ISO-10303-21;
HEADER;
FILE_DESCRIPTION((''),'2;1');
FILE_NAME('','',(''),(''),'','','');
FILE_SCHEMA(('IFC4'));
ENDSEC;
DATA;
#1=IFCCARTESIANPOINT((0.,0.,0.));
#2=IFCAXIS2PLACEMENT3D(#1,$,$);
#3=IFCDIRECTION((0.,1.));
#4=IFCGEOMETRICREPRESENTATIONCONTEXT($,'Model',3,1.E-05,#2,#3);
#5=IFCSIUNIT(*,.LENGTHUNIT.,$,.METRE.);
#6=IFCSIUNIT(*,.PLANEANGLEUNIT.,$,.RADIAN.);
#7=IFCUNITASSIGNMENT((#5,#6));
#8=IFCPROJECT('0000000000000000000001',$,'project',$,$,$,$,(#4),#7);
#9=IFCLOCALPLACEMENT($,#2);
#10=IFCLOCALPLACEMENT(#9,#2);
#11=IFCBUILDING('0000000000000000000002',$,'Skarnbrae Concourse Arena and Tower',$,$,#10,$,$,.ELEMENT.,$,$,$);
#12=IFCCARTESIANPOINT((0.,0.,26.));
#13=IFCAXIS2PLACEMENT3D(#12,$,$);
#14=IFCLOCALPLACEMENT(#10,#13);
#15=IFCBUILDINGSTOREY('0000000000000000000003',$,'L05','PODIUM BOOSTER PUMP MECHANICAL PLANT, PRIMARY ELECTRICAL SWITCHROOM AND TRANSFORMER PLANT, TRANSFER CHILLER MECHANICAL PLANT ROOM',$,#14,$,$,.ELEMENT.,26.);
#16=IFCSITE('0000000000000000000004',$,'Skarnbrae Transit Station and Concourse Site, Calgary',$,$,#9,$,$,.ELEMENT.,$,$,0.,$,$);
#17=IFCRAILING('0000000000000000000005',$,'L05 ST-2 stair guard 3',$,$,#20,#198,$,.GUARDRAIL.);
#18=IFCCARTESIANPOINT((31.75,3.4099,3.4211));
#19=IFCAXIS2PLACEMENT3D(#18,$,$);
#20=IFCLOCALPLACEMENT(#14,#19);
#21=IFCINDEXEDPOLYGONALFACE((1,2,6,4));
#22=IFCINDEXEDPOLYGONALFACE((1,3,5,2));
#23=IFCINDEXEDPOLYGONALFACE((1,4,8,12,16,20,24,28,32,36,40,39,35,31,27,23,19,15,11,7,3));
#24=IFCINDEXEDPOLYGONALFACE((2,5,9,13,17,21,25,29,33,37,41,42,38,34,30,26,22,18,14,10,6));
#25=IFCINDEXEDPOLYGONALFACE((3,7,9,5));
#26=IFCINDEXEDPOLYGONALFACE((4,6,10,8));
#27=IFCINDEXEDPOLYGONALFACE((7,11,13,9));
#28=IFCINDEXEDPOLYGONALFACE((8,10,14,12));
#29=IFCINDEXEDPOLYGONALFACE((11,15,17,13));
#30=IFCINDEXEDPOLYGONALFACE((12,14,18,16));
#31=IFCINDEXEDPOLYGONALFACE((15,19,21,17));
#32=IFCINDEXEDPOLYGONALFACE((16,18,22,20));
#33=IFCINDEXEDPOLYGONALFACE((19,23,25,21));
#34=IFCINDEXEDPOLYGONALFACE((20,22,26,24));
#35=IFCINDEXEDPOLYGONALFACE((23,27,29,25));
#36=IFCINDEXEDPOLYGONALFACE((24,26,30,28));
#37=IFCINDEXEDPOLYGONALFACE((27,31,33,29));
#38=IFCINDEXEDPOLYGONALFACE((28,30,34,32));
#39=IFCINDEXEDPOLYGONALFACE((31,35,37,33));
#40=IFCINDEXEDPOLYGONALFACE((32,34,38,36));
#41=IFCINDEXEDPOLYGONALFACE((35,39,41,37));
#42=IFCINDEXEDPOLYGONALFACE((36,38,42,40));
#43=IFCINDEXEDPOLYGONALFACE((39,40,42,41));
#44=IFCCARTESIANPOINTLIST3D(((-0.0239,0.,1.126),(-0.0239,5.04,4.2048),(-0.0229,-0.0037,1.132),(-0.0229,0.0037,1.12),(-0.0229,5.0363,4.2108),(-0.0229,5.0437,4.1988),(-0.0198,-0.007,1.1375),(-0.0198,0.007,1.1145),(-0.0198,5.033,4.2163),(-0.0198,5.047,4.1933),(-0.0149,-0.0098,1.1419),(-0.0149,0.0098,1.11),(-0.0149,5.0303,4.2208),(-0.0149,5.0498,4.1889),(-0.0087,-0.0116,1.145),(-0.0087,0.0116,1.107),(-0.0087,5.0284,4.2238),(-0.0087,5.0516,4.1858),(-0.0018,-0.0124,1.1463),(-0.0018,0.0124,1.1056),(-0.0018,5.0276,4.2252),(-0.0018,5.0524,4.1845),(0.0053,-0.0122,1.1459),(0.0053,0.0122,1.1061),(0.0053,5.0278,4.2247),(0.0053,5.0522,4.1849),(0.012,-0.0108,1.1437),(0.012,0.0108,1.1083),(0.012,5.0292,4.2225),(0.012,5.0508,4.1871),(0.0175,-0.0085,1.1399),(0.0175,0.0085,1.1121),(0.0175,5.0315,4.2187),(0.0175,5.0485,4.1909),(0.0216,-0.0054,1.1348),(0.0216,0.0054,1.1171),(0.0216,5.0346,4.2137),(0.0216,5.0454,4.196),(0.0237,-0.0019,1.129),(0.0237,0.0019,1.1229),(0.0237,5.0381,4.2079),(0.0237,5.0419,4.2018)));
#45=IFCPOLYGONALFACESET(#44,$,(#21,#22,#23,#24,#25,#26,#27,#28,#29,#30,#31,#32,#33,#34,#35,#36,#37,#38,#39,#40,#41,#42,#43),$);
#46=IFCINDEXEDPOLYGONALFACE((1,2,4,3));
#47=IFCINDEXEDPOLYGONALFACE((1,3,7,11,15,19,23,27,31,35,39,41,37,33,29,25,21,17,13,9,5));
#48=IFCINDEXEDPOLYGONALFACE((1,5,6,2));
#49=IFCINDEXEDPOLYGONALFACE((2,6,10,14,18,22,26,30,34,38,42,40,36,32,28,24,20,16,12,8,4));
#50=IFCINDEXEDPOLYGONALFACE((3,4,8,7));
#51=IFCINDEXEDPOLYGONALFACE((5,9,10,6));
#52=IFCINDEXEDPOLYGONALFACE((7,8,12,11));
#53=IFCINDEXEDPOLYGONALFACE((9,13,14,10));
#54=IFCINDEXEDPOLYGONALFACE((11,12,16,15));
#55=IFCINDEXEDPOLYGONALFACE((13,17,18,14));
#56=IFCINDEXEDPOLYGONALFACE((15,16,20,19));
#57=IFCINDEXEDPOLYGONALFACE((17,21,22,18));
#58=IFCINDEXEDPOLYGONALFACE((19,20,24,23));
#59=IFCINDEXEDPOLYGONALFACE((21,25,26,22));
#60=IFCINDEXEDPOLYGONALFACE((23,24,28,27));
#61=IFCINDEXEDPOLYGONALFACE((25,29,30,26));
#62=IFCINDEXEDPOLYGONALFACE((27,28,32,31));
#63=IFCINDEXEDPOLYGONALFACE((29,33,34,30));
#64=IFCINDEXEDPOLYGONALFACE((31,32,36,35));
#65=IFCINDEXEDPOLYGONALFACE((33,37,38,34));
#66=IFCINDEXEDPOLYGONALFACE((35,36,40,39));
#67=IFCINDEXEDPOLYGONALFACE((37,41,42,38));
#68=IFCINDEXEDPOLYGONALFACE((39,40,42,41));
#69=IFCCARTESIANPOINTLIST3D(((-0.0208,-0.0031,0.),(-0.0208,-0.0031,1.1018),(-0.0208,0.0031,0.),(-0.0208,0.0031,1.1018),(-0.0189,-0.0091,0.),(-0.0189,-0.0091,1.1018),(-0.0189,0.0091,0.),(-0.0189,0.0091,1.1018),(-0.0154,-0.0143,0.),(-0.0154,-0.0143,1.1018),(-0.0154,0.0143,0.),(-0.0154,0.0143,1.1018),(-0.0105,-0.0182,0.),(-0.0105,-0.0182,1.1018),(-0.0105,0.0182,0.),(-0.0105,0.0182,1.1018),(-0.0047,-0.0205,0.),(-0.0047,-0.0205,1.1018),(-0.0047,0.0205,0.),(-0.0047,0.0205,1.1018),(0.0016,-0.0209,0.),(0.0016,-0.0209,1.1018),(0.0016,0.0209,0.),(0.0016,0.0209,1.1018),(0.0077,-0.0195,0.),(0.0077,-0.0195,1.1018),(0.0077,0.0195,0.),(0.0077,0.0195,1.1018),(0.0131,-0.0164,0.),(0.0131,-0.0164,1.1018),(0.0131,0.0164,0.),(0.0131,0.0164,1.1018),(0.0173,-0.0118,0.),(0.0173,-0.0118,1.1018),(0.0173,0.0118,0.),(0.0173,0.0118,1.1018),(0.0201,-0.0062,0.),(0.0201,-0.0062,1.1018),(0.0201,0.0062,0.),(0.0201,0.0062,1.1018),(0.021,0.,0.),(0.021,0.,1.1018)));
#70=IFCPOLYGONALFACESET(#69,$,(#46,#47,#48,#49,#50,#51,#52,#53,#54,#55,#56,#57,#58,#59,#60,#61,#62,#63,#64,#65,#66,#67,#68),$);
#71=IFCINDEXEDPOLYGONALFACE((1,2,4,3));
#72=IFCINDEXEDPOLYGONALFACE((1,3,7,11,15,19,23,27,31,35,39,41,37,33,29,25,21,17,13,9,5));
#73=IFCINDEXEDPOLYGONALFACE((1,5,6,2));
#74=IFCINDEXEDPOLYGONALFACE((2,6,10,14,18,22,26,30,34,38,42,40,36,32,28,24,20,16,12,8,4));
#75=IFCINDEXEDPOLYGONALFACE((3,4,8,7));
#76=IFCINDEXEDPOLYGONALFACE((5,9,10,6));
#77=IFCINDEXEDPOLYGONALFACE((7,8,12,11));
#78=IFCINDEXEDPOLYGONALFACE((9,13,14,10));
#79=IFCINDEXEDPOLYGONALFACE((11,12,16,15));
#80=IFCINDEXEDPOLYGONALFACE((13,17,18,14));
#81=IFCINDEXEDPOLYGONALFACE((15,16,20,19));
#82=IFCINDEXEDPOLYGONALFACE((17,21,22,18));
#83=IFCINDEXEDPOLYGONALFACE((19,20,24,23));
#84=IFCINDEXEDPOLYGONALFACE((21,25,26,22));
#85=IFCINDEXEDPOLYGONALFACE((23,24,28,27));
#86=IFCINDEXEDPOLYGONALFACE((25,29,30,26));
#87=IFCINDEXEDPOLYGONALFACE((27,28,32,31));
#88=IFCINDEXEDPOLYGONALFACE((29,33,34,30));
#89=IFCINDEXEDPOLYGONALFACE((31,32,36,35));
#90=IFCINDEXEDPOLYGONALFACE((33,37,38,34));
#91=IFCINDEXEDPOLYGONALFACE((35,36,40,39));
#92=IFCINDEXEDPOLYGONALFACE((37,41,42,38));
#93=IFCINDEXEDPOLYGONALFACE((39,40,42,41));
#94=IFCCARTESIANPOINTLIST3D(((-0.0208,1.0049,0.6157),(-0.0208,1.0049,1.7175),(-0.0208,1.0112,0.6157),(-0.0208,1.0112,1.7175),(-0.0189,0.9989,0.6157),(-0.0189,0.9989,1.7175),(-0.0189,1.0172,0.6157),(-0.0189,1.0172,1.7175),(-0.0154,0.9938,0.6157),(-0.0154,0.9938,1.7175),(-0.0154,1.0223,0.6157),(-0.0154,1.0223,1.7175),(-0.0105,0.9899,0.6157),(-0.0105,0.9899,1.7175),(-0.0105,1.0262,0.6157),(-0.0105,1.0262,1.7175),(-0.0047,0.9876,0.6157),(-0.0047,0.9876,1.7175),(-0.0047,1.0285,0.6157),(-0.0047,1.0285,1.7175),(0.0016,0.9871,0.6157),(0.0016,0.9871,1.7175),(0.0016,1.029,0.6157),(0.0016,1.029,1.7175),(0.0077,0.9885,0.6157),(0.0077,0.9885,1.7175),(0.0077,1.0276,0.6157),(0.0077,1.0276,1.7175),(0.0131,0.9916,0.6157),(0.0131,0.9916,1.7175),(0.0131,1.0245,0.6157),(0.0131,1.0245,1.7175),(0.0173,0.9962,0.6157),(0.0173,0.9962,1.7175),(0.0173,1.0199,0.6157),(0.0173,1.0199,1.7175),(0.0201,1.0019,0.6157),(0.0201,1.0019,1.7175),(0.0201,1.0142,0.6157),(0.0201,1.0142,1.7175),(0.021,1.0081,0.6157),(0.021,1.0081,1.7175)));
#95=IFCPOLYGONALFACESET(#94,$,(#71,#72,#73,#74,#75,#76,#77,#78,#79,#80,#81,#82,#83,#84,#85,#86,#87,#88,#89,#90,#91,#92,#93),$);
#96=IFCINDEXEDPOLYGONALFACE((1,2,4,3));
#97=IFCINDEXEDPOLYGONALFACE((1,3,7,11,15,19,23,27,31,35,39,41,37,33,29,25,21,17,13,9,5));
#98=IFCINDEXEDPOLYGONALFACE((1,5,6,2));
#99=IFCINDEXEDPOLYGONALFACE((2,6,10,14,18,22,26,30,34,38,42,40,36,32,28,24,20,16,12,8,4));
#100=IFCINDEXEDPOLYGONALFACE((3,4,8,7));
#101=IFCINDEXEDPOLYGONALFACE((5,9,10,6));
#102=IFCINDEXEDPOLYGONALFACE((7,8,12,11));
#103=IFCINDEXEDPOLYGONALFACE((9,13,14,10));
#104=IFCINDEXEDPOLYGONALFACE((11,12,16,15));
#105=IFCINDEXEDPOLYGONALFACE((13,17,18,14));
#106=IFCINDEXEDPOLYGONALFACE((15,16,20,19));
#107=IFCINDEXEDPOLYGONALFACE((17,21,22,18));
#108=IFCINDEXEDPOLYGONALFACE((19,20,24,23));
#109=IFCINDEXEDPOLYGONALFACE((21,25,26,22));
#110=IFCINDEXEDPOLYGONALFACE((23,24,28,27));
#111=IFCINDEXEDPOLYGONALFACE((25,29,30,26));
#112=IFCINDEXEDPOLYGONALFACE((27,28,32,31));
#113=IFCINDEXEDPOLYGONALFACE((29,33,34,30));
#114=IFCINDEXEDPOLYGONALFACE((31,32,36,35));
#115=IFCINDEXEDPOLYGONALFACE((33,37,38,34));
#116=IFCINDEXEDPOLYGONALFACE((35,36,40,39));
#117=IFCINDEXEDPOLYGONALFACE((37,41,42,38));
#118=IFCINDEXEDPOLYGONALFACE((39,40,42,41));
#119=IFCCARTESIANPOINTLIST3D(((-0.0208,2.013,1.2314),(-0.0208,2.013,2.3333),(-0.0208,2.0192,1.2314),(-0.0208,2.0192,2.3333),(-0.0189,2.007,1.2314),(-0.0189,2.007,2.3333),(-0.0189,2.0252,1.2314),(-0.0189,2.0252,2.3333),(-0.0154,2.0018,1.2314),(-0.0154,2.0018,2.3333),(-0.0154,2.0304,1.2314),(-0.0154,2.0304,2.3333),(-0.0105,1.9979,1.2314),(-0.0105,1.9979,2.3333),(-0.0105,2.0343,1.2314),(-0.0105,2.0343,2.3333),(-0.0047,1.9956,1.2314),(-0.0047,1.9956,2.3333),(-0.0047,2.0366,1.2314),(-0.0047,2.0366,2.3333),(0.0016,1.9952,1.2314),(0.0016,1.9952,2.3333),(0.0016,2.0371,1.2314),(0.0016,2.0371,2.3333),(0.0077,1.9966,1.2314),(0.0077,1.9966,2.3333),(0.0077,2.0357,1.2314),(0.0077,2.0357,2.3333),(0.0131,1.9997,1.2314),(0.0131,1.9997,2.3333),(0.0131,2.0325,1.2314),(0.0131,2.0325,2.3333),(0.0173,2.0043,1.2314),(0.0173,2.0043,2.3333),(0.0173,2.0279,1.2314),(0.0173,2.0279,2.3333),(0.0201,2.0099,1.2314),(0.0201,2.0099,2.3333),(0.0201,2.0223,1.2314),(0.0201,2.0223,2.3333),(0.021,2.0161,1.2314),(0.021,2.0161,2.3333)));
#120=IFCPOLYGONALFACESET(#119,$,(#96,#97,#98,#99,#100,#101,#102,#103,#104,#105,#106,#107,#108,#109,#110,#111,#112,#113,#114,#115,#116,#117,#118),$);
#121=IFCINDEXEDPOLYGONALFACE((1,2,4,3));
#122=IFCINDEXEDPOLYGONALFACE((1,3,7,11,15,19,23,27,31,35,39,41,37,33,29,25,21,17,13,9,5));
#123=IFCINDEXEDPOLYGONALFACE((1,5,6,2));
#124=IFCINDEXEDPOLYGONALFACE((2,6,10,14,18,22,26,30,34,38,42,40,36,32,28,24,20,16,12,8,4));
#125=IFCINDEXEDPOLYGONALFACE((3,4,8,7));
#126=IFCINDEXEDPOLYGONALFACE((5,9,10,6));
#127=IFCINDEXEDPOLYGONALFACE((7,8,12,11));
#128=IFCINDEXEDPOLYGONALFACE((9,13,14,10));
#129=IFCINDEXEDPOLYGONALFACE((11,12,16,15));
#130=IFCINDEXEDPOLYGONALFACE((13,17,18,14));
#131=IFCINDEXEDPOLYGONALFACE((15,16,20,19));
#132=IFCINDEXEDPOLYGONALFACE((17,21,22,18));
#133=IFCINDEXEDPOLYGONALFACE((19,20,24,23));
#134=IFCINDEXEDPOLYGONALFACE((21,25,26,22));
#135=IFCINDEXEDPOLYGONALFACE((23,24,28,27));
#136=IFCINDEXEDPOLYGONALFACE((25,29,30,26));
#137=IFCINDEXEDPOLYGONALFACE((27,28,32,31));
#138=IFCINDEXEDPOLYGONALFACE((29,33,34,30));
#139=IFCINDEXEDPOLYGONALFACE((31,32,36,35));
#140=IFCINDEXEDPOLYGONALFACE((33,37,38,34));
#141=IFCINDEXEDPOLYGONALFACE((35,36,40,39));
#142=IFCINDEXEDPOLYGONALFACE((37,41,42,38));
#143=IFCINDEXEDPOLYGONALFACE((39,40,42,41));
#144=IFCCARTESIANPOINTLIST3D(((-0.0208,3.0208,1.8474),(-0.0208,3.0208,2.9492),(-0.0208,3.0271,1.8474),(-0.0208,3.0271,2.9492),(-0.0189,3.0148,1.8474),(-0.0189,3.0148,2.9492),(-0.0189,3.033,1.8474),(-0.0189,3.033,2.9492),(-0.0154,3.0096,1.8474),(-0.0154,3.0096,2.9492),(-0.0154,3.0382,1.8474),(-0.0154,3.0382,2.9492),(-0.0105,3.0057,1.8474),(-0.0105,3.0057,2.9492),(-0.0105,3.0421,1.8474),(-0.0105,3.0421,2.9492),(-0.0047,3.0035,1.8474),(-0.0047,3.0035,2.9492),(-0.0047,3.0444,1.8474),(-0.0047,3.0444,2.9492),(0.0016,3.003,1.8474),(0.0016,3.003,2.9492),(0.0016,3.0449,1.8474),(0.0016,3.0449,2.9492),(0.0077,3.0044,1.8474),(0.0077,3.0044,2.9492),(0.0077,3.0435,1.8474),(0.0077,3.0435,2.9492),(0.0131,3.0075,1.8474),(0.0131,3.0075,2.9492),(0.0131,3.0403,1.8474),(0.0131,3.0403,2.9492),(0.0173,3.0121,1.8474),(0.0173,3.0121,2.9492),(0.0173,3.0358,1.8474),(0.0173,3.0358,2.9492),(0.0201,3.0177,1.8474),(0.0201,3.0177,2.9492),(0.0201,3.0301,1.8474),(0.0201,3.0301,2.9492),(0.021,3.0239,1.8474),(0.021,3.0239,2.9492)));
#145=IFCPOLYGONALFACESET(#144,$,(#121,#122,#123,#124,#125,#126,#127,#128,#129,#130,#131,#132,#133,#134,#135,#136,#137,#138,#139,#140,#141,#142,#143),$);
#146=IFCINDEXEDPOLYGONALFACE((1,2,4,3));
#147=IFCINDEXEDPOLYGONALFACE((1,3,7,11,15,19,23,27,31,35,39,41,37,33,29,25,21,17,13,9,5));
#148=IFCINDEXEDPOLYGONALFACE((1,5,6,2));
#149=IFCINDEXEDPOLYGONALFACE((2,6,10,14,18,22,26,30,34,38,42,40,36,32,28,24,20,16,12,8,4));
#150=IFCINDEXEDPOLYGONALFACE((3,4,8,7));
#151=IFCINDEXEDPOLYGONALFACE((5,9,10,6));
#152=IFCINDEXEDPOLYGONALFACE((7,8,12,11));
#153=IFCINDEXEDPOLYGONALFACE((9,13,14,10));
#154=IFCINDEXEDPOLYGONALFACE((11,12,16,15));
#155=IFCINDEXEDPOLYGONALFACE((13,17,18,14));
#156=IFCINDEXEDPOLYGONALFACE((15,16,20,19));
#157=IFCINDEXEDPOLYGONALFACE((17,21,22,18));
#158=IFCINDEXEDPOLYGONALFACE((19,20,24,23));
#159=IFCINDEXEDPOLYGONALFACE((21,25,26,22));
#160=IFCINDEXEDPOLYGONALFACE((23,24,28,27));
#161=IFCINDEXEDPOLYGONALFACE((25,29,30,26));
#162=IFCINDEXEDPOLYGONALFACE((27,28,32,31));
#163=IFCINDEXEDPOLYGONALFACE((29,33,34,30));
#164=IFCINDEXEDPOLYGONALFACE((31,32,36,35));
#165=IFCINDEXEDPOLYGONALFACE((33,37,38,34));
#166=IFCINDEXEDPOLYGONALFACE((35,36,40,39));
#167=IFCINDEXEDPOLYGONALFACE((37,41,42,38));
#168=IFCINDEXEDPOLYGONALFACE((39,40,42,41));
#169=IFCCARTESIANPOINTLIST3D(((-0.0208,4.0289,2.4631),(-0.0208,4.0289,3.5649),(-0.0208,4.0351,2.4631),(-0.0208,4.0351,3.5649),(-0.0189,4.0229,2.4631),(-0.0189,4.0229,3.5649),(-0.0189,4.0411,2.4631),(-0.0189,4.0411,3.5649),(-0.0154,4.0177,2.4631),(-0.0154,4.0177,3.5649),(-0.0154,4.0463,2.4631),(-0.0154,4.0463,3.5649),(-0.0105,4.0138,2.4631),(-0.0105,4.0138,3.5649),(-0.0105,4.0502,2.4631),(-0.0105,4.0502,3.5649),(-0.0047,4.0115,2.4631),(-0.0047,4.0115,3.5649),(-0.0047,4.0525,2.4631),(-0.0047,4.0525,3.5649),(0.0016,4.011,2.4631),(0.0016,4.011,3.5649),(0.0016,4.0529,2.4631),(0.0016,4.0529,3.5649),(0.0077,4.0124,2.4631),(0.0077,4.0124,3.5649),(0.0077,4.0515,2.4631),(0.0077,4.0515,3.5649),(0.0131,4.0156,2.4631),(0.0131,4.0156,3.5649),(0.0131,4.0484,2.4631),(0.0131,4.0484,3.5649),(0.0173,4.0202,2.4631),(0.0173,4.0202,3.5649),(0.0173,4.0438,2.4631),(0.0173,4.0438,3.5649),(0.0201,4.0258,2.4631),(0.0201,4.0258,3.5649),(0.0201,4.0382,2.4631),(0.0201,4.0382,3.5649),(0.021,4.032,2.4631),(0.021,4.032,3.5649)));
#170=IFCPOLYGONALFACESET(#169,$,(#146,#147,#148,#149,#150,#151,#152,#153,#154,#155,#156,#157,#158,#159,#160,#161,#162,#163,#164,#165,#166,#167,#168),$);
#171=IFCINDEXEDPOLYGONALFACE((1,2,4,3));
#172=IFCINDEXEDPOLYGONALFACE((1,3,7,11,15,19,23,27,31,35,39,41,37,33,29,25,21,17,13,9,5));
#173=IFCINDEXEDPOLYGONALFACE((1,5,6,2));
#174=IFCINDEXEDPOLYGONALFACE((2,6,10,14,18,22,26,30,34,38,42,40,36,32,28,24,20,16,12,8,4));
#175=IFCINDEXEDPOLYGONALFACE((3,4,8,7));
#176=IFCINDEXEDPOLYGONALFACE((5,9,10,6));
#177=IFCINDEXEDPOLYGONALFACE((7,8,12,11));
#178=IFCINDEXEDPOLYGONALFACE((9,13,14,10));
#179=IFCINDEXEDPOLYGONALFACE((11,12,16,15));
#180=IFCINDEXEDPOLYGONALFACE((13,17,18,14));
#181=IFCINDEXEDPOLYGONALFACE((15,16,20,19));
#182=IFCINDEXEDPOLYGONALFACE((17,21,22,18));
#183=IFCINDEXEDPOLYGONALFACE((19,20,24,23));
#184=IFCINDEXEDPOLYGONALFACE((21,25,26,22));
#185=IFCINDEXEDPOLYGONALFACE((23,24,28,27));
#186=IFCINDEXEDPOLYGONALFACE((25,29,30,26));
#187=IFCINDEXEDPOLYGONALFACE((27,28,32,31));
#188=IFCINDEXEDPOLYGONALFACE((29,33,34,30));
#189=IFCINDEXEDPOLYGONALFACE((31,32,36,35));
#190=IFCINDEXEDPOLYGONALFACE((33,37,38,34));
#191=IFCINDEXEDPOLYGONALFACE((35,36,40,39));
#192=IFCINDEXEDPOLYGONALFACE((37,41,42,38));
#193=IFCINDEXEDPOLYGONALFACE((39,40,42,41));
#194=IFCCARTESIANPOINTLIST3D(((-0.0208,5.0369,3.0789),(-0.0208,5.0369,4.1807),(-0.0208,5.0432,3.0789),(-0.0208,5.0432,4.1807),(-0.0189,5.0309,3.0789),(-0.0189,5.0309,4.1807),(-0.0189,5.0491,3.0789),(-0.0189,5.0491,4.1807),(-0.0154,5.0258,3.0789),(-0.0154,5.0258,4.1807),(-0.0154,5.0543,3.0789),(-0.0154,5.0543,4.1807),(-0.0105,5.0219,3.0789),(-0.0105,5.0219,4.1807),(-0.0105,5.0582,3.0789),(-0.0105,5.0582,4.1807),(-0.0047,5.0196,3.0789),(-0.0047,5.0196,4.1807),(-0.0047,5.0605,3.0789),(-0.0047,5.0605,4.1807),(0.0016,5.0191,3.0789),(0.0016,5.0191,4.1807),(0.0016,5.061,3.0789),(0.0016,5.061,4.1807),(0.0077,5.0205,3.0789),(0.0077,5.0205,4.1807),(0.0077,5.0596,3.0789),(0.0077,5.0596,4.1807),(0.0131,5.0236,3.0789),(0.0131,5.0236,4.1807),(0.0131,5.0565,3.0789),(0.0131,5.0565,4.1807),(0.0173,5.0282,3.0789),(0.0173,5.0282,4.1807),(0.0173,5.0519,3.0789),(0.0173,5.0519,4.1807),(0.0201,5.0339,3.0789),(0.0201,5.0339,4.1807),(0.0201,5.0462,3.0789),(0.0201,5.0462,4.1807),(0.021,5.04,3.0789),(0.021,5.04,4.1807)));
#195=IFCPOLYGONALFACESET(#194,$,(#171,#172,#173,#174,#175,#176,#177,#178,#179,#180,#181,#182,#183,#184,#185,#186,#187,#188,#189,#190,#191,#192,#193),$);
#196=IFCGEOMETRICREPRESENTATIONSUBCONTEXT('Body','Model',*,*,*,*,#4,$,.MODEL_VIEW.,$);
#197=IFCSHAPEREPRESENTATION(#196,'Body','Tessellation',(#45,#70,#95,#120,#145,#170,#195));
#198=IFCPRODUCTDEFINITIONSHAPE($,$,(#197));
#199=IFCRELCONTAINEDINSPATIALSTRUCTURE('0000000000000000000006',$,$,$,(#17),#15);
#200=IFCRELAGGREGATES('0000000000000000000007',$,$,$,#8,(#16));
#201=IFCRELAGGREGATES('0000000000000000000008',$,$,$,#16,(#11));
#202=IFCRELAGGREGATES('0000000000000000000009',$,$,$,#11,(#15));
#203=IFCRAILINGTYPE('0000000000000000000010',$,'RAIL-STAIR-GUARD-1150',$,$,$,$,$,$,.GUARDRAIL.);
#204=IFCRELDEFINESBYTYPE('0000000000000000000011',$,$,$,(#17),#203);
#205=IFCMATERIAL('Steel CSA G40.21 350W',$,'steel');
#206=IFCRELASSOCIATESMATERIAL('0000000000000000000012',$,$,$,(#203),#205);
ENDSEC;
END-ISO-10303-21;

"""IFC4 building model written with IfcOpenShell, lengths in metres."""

from ifc_helpers import new_model, si_unit, direction, frame, origin, origin_2d, place, context, subcontext, project, spatial, circle, extrude, material, type_object, element, save


model = new_model("IFC4")

# Units and contexts
model_context = context("Model", 3, precision=1e-05, world=origin(), true_north=direction((0.0, 1.0)))
body_context = subcontext(model_context, "Body", "Model", "MODEL_VIEW")
ifc_project = project(units=[si_unit("LENGTHUNIT", "METRE"), si_unit("PLANEANGLEUNIT", "RADIAN")], contexts=[model_context])

# Site, building, storey
site_placement = place(None, origin())
site = spatial("IfcSite", under=ifc_project, at=site_placement, Name="Skarnbrae Transit Station and Concourse Site, Calgary", CompositionType="ELEMENT", RefElevation=0.0)
building_placement = place(site_placement, origin())
building = spatial("IfcBuilding", under=site, at=building_placement, Name="Skarnbrae Concourse Arena and Tower", CompositionType="ELEMENT")
storey_placement = place(building_placement, frame((0.0, 0.0, 26.0)))
storey = spatial("IfcBuildingStorey", under=building, at=storey_placement, Name="L05", Description="PODIUM BOOSTER PUMP MECHANICAL PLANT, PRIMARY ELECTRICAL SWITCHROOM AND TRANSFORMER PLANT, TRANSFER CHILLER MECHANICAL PLANT ROOM", CompositionType="ELEMENT", Elevation=26.0)

# Shared definitions
ifc_material_1 = material(Name="Steel CSA G40.21 350W", Category="steel")

# Railing
railing_type_1 = type_object("IfcRailingType", Name="RAIL-STAIR-GUARD-1150", PredefinedType="GUARDRAIL", material=ifc_material_1)
railing_1_placement = place(storey_placement, frame((31.75, 3.4099, 3.4211)))
element("IfcRailing", 1, at=railing_1_placement, inside=storey, type_object=railing_type_1, Name="L05 ST-2 stair guard 3", PredefinedType="GUARDRAIL", context=body_context, shape_type="SweptSolid", body=[
    extrude(circle(Radius=0.0239, at=origin_2d()), frame((0.0, 0.0, 1.126), z_axis=(0.0, 0.85337, 0.521306), x_axis=(-1.0, 0.0, 0.0)), (0.0, 0.0, 1.0), 5.906),
    extrude(circle(Radius=0.021, at=origin_2d()), origin(), (0.0, 0.0, 1.0), 1.1018),
    extrude(circle(Radius=0.021, at=origin_2d()), frame((0.0, 1.0081, 0.6157)), (0.0, 0.0, 1.0), 1.1018),
    extrude(circle(Radius=0.021, at=origin_2d()), frame((0.0, 2.0161, 1.2314)), (0.0, 0.0, 1.0), 1.1018),
    extrude(circle(Radius=0.021, at=origin_2d()), frame((0.0, 3.0239, 1.8474)), (0.0, 0.0, 1.0), 1.1018),
    extrude(circle(Radius=0.021, at=origin_2d()), frame((0.0, 4.032, 2.4631)), (0.0, 0.0, 1.0), 1.1018),
    extrude(circle(Radius=0.021, at=origin_2d()), frame((0.0, 5.04, 3.0789)), (0.0, 0.0, 1.0), 1.1018),
])

save(model, "model.ifc")
